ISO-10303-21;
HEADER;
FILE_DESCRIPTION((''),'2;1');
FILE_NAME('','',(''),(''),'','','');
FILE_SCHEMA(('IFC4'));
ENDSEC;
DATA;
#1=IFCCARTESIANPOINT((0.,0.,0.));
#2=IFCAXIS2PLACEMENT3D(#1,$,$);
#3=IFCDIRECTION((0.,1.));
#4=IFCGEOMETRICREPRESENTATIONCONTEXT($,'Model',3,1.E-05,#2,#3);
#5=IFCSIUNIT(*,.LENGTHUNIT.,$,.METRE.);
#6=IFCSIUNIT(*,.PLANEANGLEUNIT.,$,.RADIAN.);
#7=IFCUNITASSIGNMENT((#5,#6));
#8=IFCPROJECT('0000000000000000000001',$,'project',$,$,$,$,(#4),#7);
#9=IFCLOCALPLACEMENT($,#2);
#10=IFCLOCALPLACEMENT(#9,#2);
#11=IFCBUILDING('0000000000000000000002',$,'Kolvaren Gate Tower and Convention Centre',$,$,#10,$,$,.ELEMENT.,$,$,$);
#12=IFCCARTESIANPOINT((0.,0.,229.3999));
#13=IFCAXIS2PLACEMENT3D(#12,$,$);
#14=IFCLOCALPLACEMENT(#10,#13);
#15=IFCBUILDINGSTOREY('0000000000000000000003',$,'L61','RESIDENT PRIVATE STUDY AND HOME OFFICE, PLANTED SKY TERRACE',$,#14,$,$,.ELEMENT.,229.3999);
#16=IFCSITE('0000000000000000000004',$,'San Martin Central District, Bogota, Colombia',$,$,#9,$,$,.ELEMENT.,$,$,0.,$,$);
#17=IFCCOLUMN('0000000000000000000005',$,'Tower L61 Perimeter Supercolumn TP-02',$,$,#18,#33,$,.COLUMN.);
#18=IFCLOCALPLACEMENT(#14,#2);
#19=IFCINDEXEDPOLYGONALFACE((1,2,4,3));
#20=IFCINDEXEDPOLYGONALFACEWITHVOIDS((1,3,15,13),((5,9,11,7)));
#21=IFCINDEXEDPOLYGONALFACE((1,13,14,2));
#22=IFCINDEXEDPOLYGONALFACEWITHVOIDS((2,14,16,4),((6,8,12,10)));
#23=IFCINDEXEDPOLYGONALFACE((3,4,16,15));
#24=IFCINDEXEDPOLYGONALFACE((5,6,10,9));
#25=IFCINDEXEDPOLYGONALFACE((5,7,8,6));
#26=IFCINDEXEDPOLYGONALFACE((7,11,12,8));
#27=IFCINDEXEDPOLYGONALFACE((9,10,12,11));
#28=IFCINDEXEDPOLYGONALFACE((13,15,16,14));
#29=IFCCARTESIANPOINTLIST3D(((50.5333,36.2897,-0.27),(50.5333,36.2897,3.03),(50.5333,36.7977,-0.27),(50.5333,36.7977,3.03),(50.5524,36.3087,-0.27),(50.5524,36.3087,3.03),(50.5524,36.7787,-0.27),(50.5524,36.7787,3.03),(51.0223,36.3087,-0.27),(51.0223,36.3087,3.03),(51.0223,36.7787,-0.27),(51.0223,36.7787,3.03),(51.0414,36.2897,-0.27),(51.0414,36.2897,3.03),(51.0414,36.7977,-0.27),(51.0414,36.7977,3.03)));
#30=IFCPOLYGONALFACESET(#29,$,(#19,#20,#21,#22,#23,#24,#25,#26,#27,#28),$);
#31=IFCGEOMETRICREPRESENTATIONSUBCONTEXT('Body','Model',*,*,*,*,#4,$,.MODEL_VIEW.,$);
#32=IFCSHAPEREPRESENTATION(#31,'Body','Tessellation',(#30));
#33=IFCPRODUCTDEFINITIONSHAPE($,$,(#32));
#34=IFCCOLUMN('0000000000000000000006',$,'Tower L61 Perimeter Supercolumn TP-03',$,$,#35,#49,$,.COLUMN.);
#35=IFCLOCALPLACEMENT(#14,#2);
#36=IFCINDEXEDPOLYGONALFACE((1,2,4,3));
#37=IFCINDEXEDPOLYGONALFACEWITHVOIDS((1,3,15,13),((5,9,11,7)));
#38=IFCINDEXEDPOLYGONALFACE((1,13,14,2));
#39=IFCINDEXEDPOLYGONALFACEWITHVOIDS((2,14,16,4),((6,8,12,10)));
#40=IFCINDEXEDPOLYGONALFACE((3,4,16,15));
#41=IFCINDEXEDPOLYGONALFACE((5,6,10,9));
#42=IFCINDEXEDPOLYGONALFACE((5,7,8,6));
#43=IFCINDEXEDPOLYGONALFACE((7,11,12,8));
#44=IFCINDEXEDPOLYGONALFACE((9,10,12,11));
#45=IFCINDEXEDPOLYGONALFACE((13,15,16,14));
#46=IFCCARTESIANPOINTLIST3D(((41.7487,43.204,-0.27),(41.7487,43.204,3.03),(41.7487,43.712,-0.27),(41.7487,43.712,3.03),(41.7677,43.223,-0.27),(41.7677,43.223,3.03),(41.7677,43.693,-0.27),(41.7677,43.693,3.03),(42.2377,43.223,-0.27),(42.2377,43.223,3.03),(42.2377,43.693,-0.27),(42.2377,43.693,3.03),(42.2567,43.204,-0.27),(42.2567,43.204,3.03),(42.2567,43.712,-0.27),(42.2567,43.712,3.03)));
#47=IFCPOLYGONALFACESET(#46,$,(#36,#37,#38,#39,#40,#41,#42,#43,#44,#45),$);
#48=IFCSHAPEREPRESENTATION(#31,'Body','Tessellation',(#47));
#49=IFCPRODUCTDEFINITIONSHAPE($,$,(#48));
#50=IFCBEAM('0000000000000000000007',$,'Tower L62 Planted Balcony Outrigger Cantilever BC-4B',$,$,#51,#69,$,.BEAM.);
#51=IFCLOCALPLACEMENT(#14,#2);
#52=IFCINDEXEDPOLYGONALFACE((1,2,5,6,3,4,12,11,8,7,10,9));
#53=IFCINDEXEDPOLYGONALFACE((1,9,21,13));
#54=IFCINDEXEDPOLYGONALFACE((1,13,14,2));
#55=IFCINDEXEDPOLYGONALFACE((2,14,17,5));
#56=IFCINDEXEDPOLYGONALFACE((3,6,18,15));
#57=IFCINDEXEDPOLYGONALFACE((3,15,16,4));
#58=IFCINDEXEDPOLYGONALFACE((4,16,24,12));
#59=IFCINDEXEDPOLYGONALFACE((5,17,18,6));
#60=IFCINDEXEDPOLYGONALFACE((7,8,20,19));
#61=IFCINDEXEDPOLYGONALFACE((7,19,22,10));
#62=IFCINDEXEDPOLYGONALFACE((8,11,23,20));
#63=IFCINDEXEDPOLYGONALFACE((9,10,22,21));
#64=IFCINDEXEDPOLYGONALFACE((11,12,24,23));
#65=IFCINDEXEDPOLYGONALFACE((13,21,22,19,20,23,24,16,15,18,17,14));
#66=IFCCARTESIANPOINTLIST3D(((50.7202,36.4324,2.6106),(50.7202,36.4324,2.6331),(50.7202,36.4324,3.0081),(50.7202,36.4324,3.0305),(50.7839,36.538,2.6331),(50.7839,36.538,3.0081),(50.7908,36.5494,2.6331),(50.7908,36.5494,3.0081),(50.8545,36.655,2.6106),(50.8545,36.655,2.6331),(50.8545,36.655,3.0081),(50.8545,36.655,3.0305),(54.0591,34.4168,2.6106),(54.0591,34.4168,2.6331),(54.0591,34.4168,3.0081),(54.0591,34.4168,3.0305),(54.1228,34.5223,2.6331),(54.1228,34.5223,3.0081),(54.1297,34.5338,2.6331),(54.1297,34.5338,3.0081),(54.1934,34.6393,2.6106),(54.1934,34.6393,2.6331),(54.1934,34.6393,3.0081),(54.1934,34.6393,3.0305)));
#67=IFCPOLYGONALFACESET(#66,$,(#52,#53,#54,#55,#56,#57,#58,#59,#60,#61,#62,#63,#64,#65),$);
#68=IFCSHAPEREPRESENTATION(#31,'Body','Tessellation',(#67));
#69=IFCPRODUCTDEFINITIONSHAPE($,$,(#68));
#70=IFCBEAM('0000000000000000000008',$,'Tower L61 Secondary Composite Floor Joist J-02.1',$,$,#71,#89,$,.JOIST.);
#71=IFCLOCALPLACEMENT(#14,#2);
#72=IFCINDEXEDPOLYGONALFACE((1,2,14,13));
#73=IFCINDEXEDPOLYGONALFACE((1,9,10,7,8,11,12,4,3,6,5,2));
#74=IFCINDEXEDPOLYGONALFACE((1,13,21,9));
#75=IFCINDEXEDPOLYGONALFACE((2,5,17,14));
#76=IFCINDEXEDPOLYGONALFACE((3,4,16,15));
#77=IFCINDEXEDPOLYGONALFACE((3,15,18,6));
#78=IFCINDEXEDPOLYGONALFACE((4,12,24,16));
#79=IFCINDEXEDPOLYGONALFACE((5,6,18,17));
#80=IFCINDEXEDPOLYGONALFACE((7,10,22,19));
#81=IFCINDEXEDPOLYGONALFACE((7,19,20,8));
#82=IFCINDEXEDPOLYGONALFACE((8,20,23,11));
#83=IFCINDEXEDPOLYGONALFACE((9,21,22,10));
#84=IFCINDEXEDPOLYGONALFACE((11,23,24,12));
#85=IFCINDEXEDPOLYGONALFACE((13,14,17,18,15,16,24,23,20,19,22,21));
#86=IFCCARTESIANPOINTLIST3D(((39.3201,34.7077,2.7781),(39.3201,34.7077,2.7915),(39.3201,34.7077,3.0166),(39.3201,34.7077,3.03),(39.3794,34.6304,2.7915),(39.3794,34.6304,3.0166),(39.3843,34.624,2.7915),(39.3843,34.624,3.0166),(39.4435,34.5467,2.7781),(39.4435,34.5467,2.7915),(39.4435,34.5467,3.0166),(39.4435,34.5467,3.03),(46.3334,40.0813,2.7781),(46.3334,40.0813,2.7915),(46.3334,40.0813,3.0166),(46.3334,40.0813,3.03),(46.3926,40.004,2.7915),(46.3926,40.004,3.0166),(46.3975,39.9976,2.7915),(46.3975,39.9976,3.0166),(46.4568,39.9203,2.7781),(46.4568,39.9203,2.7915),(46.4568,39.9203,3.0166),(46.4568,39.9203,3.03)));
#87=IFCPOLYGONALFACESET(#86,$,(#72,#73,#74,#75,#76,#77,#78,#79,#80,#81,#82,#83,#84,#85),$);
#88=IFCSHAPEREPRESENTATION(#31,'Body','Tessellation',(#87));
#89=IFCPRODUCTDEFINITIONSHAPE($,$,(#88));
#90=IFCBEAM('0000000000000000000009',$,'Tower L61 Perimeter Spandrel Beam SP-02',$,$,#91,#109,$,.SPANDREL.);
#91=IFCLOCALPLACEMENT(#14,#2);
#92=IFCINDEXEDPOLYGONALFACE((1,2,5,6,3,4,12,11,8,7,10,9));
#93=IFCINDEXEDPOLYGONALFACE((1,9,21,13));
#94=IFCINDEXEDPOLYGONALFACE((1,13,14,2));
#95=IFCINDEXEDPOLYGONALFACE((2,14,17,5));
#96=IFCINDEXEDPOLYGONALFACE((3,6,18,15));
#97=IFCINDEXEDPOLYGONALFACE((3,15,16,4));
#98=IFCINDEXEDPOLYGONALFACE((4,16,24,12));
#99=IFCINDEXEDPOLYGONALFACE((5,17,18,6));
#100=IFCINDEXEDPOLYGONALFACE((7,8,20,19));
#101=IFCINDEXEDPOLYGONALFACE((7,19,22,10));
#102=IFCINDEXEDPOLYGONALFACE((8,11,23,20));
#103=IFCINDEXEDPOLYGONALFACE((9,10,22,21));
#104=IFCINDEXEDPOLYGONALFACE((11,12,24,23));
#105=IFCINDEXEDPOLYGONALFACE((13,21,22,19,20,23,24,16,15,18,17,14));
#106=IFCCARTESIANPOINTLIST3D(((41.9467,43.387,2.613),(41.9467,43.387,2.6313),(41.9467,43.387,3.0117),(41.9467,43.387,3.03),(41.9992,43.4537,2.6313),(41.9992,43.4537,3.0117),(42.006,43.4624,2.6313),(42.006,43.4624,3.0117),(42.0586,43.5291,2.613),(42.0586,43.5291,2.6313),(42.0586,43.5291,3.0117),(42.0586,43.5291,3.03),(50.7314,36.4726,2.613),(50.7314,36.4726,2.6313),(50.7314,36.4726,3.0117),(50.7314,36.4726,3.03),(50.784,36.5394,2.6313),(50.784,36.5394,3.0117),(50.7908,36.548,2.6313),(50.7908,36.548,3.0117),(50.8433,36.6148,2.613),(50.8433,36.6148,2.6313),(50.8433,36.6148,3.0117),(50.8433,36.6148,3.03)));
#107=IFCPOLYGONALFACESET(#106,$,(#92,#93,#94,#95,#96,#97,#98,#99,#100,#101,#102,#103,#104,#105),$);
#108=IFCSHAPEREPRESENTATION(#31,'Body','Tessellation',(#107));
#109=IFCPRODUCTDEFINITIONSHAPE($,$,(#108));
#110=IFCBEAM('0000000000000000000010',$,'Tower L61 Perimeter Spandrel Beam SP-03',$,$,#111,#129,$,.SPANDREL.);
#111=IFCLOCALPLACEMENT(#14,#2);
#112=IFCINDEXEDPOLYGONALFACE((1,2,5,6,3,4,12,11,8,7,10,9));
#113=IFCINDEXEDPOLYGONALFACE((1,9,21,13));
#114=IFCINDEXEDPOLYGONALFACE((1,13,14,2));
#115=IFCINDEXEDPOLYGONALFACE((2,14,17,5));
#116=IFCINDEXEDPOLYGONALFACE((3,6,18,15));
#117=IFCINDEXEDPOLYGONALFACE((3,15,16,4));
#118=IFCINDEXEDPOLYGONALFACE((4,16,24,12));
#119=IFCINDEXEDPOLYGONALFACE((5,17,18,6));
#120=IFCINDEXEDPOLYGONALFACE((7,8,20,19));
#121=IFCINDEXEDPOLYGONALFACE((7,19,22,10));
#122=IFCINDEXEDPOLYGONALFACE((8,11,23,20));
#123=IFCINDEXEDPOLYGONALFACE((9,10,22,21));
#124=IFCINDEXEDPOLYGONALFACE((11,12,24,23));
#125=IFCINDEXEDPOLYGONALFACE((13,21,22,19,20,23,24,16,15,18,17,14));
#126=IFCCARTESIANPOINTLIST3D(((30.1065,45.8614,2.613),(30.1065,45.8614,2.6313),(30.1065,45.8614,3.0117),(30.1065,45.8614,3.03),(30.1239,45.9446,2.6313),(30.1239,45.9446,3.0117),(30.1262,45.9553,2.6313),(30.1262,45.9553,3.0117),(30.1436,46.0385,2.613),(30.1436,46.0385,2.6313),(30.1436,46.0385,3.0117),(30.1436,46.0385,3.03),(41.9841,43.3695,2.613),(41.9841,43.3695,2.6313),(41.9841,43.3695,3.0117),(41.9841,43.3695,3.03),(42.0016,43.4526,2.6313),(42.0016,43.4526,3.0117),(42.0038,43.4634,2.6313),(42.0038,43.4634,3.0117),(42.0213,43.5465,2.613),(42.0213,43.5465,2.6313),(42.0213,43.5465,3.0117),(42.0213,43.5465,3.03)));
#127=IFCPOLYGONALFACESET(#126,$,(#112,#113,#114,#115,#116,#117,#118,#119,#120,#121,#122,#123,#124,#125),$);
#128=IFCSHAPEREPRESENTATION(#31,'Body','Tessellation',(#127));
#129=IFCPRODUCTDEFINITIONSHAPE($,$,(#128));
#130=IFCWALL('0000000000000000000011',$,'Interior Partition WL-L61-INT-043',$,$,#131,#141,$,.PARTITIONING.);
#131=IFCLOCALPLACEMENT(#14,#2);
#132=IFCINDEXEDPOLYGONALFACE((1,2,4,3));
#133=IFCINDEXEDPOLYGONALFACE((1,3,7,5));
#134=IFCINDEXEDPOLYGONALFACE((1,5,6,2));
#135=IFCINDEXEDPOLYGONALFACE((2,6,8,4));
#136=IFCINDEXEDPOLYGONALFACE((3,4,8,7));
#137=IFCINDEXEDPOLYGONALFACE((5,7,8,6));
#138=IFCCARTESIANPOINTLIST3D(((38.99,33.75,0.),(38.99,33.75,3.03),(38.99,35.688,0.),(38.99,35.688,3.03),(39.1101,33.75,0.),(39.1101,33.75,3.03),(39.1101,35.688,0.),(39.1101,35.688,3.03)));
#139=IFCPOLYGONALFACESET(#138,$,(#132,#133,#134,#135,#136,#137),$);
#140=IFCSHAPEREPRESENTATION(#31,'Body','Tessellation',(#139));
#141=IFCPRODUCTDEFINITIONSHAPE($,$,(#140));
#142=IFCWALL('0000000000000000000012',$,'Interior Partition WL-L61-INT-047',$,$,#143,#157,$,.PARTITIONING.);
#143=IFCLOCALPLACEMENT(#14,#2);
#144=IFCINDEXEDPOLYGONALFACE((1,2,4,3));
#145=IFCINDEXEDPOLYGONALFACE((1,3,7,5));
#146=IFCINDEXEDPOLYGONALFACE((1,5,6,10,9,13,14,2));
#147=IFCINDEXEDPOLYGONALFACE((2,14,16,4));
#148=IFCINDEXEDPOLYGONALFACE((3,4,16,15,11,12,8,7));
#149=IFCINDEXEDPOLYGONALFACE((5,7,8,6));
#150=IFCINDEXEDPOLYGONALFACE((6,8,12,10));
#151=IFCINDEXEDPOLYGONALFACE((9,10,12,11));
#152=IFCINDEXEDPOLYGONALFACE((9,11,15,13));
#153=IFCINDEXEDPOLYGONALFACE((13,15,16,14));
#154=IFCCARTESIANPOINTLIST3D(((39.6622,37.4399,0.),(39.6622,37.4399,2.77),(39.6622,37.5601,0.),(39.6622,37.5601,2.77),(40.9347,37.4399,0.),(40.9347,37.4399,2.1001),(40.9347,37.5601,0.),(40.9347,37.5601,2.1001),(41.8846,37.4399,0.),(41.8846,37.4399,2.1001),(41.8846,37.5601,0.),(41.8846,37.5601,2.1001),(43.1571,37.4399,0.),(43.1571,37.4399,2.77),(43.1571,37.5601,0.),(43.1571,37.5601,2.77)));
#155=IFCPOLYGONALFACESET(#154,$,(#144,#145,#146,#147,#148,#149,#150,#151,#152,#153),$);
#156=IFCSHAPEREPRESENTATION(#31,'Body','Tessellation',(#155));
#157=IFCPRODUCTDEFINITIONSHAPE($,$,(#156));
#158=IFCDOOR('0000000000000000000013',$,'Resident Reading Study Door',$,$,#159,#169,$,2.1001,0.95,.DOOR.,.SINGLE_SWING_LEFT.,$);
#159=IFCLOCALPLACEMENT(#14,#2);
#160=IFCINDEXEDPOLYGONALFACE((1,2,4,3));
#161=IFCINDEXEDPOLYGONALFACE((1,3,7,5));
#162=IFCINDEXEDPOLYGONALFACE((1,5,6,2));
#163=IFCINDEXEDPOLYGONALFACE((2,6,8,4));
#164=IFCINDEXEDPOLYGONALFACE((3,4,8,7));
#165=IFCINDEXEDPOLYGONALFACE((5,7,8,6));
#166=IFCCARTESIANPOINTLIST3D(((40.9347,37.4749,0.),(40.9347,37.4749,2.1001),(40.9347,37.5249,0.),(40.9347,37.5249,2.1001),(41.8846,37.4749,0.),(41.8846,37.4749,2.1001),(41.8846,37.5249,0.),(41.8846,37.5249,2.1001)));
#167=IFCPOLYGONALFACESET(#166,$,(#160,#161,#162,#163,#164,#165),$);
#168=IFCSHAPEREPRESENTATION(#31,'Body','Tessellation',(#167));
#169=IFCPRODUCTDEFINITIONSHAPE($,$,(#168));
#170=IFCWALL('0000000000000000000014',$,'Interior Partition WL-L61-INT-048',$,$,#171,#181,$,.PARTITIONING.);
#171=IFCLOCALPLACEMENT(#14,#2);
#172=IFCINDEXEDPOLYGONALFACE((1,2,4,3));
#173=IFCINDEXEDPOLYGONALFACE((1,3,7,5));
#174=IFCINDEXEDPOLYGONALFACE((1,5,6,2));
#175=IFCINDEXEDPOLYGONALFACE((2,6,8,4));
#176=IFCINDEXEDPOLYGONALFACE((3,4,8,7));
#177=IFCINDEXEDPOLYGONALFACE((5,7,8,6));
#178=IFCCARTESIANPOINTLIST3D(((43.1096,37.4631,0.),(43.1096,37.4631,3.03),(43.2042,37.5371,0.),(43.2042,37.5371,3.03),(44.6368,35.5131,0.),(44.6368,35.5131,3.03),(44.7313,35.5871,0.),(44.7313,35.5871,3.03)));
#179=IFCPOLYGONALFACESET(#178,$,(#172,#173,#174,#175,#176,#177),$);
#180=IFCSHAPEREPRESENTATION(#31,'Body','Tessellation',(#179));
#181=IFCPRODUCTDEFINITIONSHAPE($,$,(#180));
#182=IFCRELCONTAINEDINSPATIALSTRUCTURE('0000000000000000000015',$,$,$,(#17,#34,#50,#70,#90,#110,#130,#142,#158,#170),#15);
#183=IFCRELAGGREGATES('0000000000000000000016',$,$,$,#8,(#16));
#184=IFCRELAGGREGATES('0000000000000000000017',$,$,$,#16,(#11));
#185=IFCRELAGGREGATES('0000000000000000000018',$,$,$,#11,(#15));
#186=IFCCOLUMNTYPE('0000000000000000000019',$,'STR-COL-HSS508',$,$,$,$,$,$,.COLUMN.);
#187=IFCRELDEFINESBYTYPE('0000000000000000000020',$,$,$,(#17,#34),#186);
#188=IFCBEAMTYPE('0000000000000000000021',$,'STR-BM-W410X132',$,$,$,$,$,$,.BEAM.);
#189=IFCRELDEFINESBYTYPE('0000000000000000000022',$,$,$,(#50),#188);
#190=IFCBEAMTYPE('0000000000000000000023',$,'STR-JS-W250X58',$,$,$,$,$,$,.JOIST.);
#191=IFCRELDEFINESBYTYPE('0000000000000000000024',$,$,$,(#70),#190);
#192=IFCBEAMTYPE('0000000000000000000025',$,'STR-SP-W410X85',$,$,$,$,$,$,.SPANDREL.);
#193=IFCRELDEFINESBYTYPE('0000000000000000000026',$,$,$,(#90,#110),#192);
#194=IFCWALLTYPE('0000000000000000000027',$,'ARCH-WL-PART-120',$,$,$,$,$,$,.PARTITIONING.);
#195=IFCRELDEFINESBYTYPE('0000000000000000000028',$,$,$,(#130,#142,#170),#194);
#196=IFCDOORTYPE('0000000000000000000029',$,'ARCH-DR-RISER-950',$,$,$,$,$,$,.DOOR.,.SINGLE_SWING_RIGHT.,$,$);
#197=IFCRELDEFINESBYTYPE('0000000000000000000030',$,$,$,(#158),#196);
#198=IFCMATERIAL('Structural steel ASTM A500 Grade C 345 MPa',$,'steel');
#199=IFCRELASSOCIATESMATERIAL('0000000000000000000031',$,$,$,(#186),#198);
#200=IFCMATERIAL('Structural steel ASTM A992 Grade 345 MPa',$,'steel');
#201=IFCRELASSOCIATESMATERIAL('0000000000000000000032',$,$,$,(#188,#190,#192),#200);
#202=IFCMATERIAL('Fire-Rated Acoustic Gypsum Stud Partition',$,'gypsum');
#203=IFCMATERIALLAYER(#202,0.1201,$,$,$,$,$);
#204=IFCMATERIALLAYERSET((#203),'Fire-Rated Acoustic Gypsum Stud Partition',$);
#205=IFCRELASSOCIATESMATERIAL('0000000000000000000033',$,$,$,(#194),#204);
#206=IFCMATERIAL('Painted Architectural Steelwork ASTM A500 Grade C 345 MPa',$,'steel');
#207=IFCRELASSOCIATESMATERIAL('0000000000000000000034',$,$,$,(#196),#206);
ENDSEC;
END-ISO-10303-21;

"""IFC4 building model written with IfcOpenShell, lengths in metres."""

from ifc_helpers import new_model, si_unit, direction, frame, frame_2d, origin, origin_2d, place, context, subcontext, project, spatial, rectangle, hollow_rectangle, i_section, extrude, material, layer, layer_set, material_profile, profile_set, type_object, element, fill, save


model = new_model("IFC4")

# Units and contexts
model_context = context("Model", 3, precision=1e-05, world=origin(), true_north=direction((0.0, 1.0)))
body_context = subcontext(model_context, "Body", "Model", "MODEL_VIEW")
ifc_project = project(units=[si_unit("LENGTHUNIT", "METRE"), si_unit("PLANEANGLEUNIT", "RADIAN")], contexts=[model_context])

# Site, building, storey
site_placement = place(None, origin())
site = spatial("IfcSite", under=ifc_project, at=site_placement, Name="San Martin Central District, Bogota, Colombia", CompositionType="ELEMENT", RefElevation=0.0)
building_placement = place(site_placement, origin())
building = spatial("IfcBuilding", under=site, at=building_placement, Name="Kolvaren Gate Tower and Convention Centre", CompositionType="ELEMENT")
storey_placement = place(building_placement, frame((0.0, 0.0, 229.3999)))
storey = spatial("IfcBuildingStorey", under=building, at=storey_placement, Name="L61", Description="RESIDENT PRIVATE STUDY AND HOME OFFICE, PLANTED SKY TERRACE", CompositionType="ELEMENT", Elevation=229.3999)

# Columns
ifc_material_1 = material(Name="Structural steel ASTM A500 Grade C 345 MPa", Category="steel")
ifc_material_profile_1 = material_profile(ifc_material_1, hollow_rectangle(XDim=0.5081, YDim=0.5081, WallThickness=0.019, at=origin_2d()), Name="HSS508X508X19.1")
ifc_profile_set_1 = profile_set([ifc_material_profile_1], Name="Structural steel ASTM A500 Grade C 345 MPa")
column_type = type_object("IfcColumnType", Name="STR-COL-HSS508", PredefinedType="COLUMN", material=ifc_profile_set_1)
for number, where, z_axis, x_axis, name in (
    (1, (50.7874, 36.5437, -0.27), (0.0, 0.0, 1.0), (1.0, 0.0, 0.0), "Tower L61 Perimeter Supercolumn TP-02"),
    (2, (42.0027, 43.458, -0.27), (0.0, 0.0, 1.0), (1.0, 0.0, 0.0), "Tower L61 Perimeter Supercolumn TP-03"),
):
    element("IfcColumn", number, at=place(storey_placement, frame(where, z_axis=z_axis, x_axis=x_axis)), inside=storey, type_object=column_type, Name=name, PredefinedType="COLUMN", context=body_context, shape_type="SweptSolid", body=[
        extrude(hollow_rectangle(XDim=0.5081, YDim=0.5081, WallThickness=0.019, at=origin_2d()), origin(), (0.0, 0.0, 1.0), 3.3),
    ])

# Beams
ifc_material_2 = material(Name="Structural steel ASTM A992 Grade 345 MPa", Category="steel")
ifc_material_profile_2 = material_profile(ifc_material_2, i_section(OverallWidth=0.26, OverallDepth=0.4199, WebThickness=0.0134, FlangeThickness=0.0225, at=origin_2d()), Name="W410X132")
ifc_profile_set_2 = profile_set([ifc_material_profile_2], Name="Structural steel ASTM A992 Grade 345 MPa")
beam_type_1 = type_object("IfcBeamType", Name="STR-BM-W410X132", PredefinedType="BEAM", material=ifc_profile_set_2)
beam_1_placement = place(storey_placement, frame((50.7874, 36.5437, 2.8206), z_axis=(0.856098, -0.516814, 0.0), x_axis=(0.516814, 0.856098, 0.0)))
element("IfcBeam", 3, at=beam_1_placement, inside=storey, type_object=beam_type_1, Name="Tower L62 Planted Balcony Outrigger Cantilever BC-4B", PredefinedType="BEAM", context=body_context, shape_type="SweptSolid", body=[
    extrude(i_section(OverallWidth=0.26, OverallDepth=0.4199, WebThickness=0.0134, FlangeThickness=0.0225, at=origin_2d()), origin(), (0.0, 0.0, 1.0), 3.9001),
])
ifc_material_profile_3 = material_profile(ifc_material_2, i_section(OverallWidth=0.2029, OverallDepth=0.252, WebThickness=0.0081, FlangeThickness=0.0134, at=origin_2d()), Name="W250X58")
ifc_profile_set_3 = profile_set([ifc_material_profile_3], Name="Structural steel ASTM A992 Grade 345 MPa")
beam_type_2 = type_object("IfcBeamType", Name="STR-JS-W250X58", PredefinedType="JOIST", material=ifc_profile_set_3)
beam_2_placement = place(storey_placement, frame((39.3818, 34.6272, 2.9041), z_axis=(0.793783, 0.608201, 0.0), x_axis=(-0.608201, 0.793783, 0.0)))
element("IfcBeam", 4, at=beam_2_placement, inside=storey, type_object=beam_type_2, Name="Tower L61 Secondary Composite Floor Joist J-02.1", PredefinedType="JOIST", context=body_context, shape_type="SweptSolid", body=[
    extrude(i_section(OverallWidth=0.2029, OverallDepth=0.252, WebThickness=0.0081, FlangeThickness=0.0134, at=origin_2d()), origin(), (0.0, 0.0, 1.0), 8.8352),
])
ifc_material_profile_4 = material_profile(ifc_material_2, i_section(OverallWidth=0.1809, OverallDepth=0.417, WebThickness=0.011, FlangeThickness=0.0183, at=origin_2d()), Name="W410X85")
ifc_profile_set_4 = profile_set([ifc_material_profile_4], Name="Structural steel ASTM A992 Grade 345 MPa")
beam_type_3 = type_object("IfcBeamType", Name="STR-SP-W410X85", PredefinedType="SPANDREL", material=ifc_profile_set_4)
beam_3_placement = place(storey_placement, frame((50.7874, 36.5437, 2.8215), z_axis=(-0.785794, 0.618489, 0.0), x_axis=(-0.618489, -0.785794, 0.0)))
element("IfcBeam", 5, at=beam_3_placement, inside=storey, type_object=beam_type_3, Name="Tower L61 Perimeter Spandrel Beam SP-02", PredefinedType="SPANDREL", context=body_context, shape_type="SweptSolid", body=[
    extrude(i_section(OverallWidth=0.1809, OverallDepth=0.417, WebThickness=0.011, FlangeThickness=0.0183, at=origin_2d()), origin(), (0.0, 0.0, 1.0), 11.1794),
])
beam_4_placement = place(storey_placement, frame((42.0027, 43.458, 2.8215), z_axis=(-0.978693, 0.20533, 0.0), x_axis=(-0.20533, -0.978693, 0.0)))
element("IfcBeam", 6, at=beam_4_placement, inside=storey, type_object=beam_type_3, Name="Tower L61 Perimeter Spandrel Beam SP-03", PredefinedType="SPANDREL", context=body_context, shape_type="SweptSolid", body=[
    extrude(i_section(OverallWidth=0.1809, OverallDepth=0.417, WebThickness=0.011, FlangeThickness=0.0183, at=origin_2d()), origin(), (0.0, 0.0, 1.0), 12.1362),
])

# Wall
ifc_material_3 = material(Name="Fire-Rated Acoustic Gypsum Stud Partition", Category="gypsum")
ifc_layer_1 = layer(ifc_material_3, 0.1201)
ifc_layer_set_1 = layer_set([ifc_layer_1], Name="Fire-Rated Acoustic Gypsum Stud Partition")
wall_type_1 = type_object("IfcWallType", Name="ARCH-WL-PART-120", PredefinedType="PARTITIONING", material=ifc_layer_set_1)
wall_1_placement = place(storey_placement, frame((39.05, 33.75, 0.0), z_axis=(0.0, 0.0, 1.0), x_axis=(0.0, 1.0, 0.0)))
element("IfcWall", 7, at=wall_1_placement, inside=storey, type_object=wall_type_1, Name="Interior Partition WL-L61-INT-043", PredefinedType="PARTITIONING", context=body_context, shape_type="SweptSolid", body=[
    extrude(rectangle(XDim=1.938, YDim=0.1201, at=frame_2d((0.969, 0.0))), origin(), (0.0, 0.0, 1.0), 3.03),
])

# Wall, opening, door
wall_2_placement = place(storey_placement, frame((39.6621, 37.5, 0.0), z_axis=(0.0, 0.0, 1.0), x_axis=(1.0, 0.0, 0.0)))
wall_2 = element("IfcWall", 8, at=wall_2_placement, inside=storey, type_object=wall_type_1, Name="Interior Partition WL-L61-INT-047", PredefinedType="PARTITIONING", context=body_context, shape_type="SweptSolid", body=[
    extrude(rectangle(XDim=3.4949, YDim=0.1201, at=frame_2d((1.7476, 0.0))), origin(), (0.0, 0.0, 1.0), 2.77),
])
opening_1_placement = place(wall_2_placement, frame((1.2725, 0.0, 0.0)))
opening_1 = element("IfcOpeningElement", 9, at=opening_1_placement, cuts=wall_2, PredefinedType="OPENING", context=body_context, shape_type="SweptSolid", body=[
    extrude(rectangle(XDim=0.95, YDim=2.1001, at=frame_2d((0.4751, 1.05))), frame((0.0, 0.0701, 0.0), z_axis=(0.0, -1.0, 0.0), x_axis=(1.0, 0.0, 0.0)), (0.0, 0.0, 1.0), 0.1401),
])
ifc_material_4 = material(Name="Painted Architectural Steelwork ASTM A500 Grade C 345 MPa", Category="steel")
door_type = type_object("IfcDoorType", Name="ARCH-DR-RISER-950", OperationType="SINGLE_SWING_RIGHT", PredefinedType="DOOR", material=ifc_material_4)
door_1_placement = place(opening_1_placement, origin())
door_1 = element("IfcDoor", 10, at=door_1_placement, inside=storey, type_object=door_type, Name="Resident Reading Study Door", OperationType="SINGLE_SWING_LEFT", OverallHeight=2.1001, OverallWidth=0.95, PredefinedType="DOOR", context=body_context, shape_type="SweptSolid", body=[
    extrude(rectangle(XDim=0.95, YDim=2.1001, at=frame_2d((0.4751, 1.05))), frame((0.0, 0.0249, 0.0), z_axis=(0.0, -1.0, 0.0), x_axis=(1.0, 0.0, 0.0)), (0.0, 0.0, 1.0), 0.05),
])
fill(opening_1, door_1)

# Wall
wall_3_placement = place(storey_placement, frame((43.157, 37.5, 0.0), z_axis=(0.0, 0.0, 1.0), x_axis=(0.616571, -0.787299, 0.0)))
element("IfcWall", 11, at=wall_3_placement, inside=storey, type_object=wall_type_1, Name="Interior Partition WL-L61-INT-048", PredefinedType="PARTITIONING", context=body_context, shape_type="SweptSolid", body=[
    extrude(rectangle(XDim=2.4768, YDim=0.1201, at=frame_2d((1.2383, 0.0))), origin(), (0.0, 0.0, 1.0), 3.03),
])

save(model, "model.ifc")
